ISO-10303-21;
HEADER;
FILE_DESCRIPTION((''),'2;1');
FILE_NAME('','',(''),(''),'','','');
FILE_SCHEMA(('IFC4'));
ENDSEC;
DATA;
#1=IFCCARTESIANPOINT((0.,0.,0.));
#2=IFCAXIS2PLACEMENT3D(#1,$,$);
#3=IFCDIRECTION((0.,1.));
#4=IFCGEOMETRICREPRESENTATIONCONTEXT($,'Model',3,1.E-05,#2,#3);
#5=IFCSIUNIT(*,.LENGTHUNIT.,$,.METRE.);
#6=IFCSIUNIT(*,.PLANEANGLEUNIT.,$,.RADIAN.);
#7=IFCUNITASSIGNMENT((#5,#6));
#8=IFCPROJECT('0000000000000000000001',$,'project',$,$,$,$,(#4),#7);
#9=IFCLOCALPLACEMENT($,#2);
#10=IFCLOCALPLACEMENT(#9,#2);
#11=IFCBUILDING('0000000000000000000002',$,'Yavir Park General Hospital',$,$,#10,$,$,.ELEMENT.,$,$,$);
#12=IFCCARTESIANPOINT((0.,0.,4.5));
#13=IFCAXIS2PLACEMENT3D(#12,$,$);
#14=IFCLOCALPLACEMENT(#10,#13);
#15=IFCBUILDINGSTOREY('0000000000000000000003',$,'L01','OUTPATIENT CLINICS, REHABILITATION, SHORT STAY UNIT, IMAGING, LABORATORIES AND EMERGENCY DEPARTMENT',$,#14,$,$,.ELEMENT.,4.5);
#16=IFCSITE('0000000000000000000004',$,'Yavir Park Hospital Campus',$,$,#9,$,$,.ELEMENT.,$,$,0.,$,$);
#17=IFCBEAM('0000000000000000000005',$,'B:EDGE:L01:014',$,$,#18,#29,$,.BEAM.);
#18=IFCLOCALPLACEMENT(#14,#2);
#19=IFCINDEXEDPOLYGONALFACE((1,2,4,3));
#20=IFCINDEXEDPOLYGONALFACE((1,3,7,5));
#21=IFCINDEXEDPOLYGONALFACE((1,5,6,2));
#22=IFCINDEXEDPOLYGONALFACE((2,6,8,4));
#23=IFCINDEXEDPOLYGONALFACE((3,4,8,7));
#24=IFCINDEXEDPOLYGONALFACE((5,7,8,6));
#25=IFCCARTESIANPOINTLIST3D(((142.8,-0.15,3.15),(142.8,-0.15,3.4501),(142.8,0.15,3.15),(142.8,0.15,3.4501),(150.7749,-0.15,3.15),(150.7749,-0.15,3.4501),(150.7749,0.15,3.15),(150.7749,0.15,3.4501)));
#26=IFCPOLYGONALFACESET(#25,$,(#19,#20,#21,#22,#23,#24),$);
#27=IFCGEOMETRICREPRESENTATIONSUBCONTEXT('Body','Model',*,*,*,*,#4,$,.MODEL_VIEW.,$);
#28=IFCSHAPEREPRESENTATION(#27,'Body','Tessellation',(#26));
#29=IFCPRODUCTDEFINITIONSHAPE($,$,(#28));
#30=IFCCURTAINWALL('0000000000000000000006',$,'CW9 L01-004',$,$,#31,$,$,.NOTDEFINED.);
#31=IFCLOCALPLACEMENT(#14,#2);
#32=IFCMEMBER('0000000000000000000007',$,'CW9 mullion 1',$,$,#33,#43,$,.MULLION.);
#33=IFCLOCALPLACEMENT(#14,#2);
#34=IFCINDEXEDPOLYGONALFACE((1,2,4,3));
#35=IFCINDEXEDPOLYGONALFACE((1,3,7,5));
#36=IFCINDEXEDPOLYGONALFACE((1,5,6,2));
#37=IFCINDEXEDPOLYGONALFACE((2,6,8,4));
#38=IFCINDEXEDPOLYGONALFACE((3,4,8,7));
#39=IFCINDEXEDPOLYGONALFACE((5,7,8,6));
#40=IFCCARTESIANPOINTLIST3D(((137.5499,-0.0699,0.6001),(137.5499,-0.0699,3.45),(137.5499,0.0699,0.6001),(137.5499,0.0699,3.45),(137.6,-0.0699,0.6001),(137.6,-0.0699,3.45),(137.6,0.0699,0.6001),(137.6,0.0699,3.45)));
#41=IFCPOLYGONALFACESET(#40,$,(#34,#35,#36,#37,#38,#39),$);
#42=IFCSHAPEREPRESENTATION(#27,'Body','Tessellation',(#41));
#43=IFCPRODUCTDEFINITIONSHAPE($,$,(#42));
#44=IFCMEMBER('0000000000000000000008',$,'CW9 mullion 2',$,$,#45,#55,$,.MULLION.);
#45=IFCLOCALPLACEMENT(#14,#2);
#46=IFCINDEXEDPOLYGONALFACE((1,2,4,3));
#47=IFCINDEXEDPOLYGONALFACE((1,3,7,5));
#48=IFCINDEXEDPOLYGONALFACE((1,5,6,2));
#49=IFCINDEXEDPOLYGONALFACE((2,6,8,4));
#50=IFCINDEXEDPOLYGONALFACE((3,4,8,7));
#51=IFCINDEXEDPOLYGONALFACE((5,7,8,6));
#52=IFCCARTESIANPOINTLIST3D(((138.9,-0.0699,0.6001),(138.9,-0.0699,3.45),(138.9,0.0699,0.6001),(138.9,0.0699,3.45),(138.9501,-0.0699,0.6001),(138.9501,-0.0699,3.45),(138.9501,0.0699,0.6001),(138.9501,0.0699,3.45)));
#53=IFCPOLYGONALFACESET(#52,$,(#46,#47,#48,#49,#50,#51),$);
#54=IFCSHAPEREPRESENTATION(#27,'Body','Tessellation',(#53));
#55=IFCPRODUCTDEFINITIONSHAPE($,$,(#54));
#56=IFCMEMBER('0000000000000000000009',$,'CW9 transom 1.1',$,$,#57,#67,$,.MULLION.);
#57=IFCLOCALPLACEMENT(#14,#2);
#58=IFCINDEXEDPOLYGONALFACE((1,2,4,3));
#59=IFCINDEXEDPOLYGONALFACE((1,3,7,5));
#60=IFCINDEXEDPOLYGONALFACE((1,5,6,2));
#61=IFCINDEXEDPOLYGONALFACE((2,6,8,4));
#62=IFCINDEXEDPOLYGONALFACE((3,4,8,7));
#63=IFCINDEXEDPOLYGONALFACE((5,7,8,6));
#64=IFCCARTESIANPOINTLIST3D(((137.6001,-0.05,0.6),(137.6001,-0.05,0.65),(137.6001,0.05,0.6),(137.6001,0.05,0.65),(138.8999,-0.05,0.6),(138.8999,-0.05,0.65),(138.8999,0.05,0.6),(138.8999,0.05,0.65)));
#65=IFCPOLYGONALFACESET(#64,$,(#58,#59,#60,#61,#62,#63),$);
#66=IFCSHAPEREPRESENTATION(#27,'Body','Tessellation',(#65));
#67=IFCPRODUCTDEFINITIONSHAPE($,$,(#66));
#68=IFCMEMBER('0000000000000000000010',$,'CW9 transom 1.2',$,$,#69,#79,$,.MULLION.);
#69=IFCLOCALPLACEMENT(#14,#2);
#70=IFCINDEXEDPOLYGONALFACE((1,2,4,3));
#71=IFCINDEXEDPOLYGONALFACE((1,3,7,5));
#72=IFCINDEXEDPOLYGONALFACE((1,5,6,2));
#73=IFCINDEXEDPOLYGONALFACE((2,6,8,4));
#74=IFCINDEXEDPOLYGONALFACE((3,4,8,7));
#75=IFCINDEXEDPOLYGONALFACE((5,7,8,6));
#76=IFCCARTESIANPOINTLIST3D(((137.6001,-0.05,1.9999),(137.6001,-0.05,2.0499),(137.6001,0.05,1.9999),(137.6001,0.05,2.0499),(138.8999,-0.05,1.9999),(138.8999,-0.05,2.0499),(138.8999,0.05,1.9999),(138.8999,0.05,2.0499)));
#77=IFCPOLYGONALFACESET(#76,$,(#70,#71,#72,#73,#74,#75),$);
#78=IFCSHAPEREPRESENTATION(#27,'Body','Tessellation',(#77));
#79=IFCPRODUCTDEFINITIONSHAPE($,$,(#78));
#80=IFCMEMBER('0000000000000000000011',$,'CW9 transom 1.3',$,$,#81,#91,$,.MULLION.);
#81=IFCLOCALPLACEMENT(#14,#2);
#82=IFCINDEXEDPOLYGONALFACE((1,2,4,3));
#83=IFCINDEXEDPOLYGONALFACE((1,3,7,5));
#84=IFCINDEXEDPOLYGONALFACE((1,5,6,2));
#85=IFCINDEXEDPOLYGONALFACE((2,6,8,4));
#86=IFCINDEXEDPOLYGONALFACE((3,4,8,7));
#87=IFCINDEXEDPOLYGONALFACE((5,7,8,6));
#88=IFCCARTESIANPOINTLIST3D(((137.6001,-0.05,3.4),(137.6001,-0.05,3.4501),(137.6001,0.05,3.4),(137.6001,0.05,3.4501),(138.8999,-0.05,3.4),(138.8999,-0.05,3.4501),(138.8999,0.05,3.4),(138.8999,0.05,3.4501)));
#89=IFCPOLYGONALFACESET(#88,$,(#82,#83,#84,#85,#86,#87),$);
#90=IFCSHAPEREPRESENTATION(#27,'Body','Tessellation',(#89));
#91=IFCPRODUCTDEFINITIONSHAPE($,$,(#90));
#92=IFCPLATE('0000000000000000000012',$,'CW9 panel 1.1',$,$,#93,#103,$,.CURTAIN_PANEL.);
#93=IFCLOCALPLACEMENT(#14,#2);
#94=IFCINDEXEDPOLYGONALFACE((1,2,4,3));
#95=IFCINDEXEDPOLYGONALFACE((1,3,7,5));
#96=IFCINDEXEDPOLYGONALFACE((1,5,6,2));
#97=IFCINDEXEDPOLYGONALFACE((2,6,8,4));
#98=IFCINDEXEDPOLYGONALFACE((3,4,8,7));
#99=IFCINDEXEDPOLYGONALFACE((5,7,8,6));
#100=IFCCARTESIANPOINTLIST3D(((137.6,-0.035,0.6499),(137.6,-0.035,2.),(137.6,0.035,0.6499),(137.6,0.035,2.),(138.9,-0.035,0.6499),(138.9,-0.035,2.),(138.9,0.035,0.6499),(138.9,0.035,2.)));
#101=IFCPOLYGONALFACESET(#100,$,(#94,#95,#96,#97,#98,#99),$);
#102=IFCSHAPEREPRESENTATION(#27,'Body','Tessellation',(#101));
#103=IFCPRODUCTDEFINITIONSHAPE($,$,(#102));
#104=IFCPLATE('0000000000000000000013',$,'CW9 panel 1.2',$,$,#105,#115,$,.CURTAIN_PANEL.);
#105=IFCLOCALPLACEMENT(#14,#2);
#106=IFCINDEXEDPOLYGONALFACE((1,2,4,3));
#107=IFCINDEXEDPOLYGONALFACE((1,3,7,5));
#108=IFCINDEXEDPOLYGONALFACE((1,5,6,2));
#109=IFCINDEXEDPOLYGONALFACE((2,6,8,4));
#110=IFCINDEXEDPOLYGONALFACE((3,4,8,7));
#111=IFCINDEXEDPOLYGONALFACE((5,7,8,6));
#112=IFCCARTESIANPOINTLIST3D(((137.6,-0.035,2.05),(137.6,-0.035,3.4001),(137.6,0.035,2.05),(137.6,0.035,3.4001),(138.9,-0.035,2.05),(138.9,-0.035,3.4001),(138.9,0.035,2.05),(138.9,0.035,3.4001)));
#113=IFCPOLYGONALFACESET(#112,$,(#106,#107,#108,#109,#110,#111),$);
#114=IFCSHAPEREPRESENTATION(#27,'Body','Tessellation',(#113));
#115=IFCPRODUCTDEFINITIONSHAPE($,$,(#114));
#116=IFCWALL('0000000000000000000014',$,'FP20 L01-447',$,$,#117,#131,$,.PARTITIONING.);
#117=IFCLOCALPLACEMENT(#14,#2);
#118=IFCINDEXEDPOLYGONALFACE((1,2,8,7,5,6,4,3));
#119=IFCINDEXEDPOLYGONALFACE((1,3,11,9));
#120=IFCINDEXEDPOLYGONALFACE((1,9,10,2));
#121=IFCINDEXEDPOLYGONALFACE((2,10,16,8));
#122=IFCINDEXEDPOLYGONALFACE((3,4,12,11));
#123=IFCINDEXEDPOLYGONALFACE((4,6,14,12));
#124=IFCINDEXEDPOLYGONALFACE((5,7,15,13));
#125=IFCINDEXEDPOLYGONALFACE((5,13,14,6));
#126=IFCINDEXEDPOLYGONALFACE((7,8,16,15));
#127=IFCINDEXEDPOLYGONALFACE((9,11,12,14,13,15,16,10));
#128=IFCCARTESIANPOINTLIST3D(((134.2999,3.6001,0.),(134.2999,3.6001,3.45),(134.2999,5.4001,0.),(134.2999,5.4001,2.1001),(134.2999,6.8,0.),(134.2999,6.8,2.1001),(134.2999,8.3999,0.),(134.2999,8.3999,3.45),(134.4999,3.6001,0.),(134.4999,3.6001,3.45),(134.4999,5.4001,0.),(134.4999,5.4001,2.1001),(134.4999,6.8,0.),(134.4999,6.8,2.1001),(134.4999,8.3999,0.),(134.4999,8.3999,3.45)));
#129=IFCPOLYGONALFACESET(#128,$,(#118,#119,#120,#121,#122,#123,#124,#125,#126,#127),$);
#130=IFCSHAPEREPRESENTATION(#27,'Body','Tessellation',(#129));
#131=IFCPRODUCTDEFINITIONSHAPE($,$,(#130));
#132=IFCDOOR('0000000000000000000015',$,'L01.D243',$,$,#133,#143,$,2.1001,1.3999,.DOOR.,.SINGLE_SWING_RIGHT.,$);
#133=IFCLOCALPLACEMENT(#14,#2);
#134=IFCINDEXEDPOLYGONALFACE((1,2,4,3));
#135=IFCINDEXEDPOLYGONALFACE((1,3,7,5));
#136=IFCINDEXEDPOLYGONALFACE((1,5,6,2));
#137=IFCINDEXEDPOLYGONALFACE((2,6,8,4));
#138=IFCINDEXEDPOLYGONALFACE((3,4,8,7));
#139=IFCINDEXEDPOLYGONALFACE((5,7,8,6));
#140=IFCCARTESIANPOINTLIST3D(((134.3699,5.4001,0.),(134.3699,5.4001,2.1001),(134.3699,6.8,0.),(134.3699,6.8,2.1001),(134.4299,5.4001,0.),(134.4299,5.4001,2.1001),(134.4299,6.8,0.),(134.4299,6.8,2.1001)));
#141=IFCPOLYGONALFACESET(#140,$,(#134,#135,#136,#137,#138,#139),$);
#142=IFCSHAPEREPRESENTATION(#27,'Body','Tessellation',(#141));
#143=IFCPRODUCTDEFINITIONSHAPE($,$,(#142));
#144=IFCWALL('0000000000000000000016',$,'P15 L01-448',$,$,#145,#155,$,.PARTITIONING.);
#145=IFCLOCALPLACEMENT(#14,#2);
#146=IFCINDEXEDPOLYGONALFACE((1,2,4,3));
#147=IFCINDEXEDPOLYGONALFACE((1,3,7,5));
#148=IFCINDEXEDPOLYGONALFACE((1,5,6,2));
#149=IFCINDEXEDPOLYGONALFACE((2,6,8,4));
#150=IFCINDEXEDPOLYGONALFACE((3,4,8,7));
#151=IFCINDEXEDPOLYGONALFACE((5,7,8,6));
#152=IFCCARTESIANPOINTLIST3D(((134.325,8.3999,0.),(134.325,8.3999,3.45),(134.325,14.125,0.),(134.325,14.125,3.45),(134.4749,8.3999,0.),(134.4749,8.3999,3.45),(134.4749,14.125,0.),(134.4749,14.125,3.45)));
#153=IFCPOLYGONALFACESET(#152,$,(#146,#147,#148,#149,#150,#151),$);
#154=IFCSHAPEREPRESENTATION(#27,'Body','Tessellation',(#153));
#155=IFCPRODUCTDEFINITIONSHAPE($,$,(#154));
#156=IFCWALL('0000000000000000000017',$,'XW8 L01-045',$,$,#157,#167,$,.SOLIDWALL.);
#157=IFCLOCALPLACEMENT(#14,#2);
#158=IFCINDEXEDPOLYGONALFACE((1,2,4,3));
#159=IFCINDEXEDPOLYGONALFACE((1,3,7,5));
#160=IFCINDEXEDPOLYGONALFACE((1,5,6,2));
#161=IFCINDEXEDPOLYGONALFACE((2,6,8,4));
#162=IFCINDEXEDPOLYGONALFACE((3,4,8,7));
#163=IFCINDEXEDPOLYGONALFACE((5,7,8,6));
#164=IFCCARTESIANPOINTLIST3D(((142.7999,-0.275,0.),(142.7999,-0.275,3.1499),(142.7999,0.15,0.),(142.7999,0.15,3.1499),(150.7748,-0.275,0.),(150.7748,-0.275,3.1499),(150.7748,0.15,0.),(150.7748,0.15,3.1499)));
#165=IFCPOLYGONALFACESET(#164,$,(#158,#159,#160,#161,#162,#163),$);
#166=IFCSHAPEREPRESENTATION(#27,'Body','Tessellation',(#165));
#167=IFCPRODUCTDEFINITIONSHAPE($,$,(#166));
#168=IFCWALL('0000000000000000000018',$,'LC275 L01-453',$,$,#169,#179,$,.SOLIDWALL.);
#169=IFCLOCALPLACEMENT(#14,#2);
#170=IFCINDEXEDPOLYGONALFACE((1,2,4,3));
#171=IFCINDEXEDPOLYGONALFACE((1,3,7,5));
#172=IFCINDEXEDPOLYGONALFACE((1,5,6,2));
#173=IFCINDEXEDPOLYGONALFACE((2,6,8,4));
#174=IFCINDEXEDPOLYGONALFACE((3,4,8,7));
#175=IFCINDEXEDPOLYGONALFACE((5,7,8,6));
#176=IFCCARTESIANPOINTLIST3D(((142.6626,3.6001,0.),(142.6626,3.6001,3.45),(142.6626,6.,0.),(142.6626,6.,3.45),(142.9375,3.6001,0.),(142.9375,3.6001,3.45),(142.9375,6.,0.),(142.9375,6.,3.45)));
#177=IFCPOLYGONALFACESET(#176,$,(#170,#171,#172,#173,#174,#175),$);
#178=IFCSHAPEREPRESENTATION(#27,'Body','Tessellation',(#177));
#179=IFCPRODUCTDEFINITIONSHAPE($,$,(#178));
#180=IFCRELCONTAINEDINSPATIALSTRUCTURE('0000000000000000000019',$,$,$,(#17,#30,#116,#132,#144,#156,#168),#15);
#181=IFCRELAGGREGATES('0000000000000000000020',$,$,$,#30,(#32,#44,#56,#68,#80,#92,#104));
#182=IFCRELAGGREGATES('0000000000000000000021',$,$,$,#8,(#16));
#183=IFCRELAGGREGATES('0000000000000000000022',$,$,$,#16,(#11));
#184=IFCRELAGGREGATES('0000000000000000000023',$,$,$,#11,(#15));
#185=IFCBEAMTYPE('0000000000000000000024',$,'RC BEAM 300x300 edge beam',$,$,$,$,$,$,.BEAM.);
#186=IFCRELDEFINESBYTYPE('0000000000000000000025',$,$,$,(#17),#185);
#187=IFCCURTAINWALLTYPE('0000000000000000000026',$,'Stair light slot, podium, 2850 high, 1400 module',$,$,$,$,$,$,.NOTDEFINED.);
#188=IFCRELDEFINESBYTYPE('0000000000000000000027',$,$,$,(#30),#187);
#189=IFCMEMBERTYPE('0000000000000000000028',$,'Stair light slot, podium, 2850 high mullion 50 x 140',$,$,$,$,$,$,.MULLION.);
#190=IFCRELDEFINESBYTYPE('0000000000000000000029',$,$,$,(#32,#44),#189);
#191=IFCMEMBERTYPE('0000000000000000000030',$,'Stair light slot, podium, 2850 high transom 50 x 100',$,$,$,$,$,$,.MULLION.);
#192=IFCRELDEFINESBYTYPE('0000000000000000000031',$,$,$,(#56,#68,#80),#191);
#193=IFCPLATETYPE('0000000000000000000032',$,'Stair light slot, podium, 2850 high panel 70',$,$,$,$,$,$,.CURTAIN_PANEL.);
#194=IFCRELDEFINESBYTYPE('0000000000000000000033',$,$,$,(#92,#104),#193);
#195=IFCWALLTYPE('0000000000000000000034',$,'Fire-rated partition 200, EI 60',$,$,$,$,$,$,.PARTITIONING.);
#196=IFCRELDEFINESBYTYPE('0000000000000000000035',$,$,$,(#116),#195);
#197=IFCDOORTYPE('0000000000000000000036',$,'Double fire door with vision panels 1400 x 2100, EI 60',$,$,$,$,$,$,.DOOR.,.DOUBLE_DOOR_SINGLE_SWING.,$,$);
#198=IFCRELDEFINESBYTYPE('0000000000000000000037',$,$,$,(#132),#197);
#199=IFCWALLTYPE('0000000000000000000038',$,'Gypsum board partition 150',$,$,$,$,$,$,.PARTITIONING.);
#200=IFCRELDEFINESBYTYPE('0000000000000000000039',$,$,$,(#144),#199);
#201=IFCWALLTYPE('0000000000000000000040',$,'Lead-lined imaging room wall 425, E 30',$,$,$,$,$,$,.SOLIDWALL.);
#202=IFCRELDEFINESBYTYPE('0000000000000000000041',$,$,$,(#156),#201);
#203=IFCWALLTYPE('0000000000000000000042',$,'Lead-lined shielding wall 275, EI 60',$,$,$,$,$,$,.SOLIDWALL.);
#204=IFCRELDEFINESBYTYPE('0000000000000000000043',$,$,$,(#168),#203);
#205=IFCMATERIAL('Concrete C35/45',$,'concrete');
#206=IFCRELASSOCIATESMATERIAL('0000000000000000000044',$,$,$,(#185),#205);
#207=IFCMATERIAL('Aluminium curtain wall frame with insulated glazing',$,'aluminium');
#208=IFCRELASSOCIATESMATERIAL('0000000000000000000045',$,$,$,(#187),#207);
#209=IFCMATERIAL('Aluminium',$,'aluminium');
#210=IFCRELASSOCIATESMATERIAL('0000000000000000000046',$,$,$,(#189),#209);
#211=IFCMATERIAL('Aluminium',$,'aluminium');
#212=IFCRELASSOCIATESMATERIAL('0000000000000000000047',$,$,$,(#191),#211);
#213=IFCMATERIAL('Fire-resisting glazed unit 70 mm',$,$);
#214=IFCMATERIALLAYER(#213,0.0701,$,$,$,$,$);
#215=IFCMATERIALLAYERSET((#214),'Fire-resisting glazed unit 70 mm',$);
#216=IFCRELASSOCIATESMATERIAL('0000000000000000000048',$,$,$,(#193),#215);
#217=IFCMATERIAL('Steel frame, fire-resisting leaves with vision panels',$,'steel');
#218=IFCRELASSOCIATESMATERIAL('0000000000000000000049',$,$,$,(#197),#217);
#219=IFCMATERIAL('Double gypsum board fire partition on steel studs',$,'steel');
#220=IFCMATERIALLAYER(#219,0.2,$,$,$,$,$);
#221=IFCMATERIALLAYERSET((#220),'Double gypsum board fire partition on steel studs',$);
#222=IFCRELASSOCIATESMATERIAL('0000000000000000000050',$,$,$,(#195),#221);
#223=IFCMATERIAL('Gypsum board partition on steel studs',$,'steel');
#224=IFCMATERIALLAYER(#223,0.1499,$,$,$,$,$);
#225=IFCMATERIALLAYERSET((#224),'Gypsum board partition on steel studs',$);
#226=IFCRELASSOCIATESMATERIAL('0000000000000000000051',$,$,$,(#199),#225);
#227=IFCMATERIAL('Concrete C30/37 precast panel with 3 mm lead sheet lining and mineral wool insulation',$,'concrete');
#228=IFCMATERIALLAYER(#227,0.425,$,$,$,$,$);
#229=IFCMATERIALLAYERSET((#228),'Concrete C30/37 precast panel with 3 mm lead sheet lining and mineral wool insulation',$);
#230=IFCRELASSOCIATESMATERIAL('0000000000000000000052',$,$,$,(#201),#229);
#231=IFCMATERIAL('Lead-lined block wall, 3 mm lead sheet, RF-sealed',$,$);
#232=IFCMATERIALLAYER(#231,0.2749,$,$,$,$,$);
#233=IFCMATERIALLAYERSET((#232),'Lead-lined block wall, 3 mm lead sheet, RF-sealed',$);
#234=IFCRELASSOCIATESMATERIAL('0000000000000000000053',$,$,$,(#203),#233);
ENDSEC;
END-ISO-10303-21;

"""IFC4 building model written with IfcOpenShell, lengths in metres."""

from ifc_helpers import new_model, si_unit, direction, frame, frame_2d, origin, origin_2d, place, context, subcontext, project, spatial, rectangle, extrude, material, layer, layer_set, material_profile, profile_set, type_object, element, fill, aggregate, save


model = new_model("IFC4")

# Units and contexts
model_context = context("Model", 3, precision=1e-05, world=origin(), true_north=direction((0.0, 1.0)))
body_context = subcontext(model_context, "Body", "Model", "MODEL_VIEW")
ifc_project = project(units=[si_unit("LENGTHUNIT", "METRE"), si_unit("PLANEANGLEUNIT", "RADIAN")], contexts=[model_context])

# Site, building, storey
site_placement = place(None, origin())
site = spatial("IfcSite", under=ifc_project, at=site_placement, Name="Yavir Park Hospital Campus", CompositionType="ELEMENT", RefElevation=0.0)
building_placement = place(site_placement, origin())
building = spatial("IfcBuilding", under=site, at=building_placement, Name="Yavir Park General Hospital", CompositionType="ELEMENT")
storey_placement = place(building_placement, frame((0.0, 0.0, 4.5)))
storey = spatial("IfcBuildingStorey", under=building, at=storey_placement, Name="L01", Description="OUTPATIENT CLINICS, REHABILITATION, SHORT STAY UNIT, IMAGING, LABORATORIES AND EMERGENCY DEPARTMENT", CompositionType="ELEMENT", Elevation=4.5)

# Beam
ifc_material_1 = material(Name="Concrete C35/45", Category="concrete")
ifc_material_profile_1 = material_profile(ifc_material_1, rectangle(XDim=0.3, YDim=0.3, at=origin_2d()), Name="RC300x300")
ifc_profile_set_1 = profile_set([ifc_material_profile_1], Name="Concrete C35/45")
beam_type = type_object("IfcBeamType", Name="RC BEAM 300x300 edge beam", PredefinedType="BEAM", material=ifc_profile_set_1)
beam_placement = place(storey_placement, frame((142.8, 0.0, 3.3), z_axis=(1.0, 0.0, 0.0), x_axis=(0.0, 1.0, 0.0)))
element("IfcBeam", 1, at=beam_placement, inside=storey, type_object=beam_type, Name="B:EDGE:L01:014", PredefinedType="BEAM", context=body_context, shape_type="SweptSolid", body=[
    extrude(rectangle(XDim=0.3, YDim=0.3, at=origin_2d()), origin(), (0.0, 0.0, 1.0), 7.9749),
])

# Curtain wall, members, plates
ifc_material_2 = material(Name="Aluminium curtain wall frame with insulated glazing", Category="aluminium")
curtain_wall_type = type_object("IfcCurtainWallType", Name="Stair light slot, podium, 2850 high, 1400 module", PredefinedType="NOTDEFINED", material=ifc_material_2)
curtain_wall_placement = place(storey_placement, origin())
curtain_wall = element("IfcCurtainWall", 2, at=curtain_wall_placement, inside=storey, type_object=curtain_wall_type, Name="CW9 L01-004", PredefinedType="NOTDEFINED")
ifc_material_3 = material(Name="Aluminium", Category="aluminium")
ifc_material_profile_2 = material_profile(ifc_material_3, rectangle(XDim=0.1399, YDim=0.05, at=origin_2d()), Name="AL 50x140")
ifc_profile_set_2 = profile_set([ifc_material_profile_2], Name="Aluminium")
member_type_1 = type_object("IfcMemberType", Name="Stair light slot, podium, 2850 high mullion 50 x 140", PredefinedType="MULLION", material=ifc_profile_set_2)
member_1_placement = place(storey_placement, frame((137.575, 0.0, 0.6001), z_axis=(0.0, 0.0, 1.0), x_axis=(0.0, 1.0, 0.0)))
member_1 = element("IfcMember", 3, at=member_1_placement, type_object=member_type_1, Name="CW9 mullion 1", PredefinedType="MULLION", context=body_context, shape_type="SweptSolid", body=[
    extrude(rectangle(XDim=0.1399, YDim=0.05, at=origin_2d()), origin(), (0.0, 0.0, 1.0), 2.8499),
])
member_2_placement = place(storey_placement, frame((138.925, 0.0, 0.6001), z_axis=(0.0, 0.0, 1.0), x_axis=(0.0, 1.0, 0.0)))
member_2 = element("IfcMember", 4, at=member_2_placement, type_object=member_type_1, Name="CW9 mullion 2", PredefinedType="MULLION", context=body_context, shape_type="SweptSolid", body=[
    extrude(rectangle(XDim=0.1399, YDim=0.05, at=origin_2d()), origin(), (0.0, 0.0, 1.0), 2.8499),
])
ifc_material_4 = material(Name="Aluminium", Category="aluminium")
ifc_material_profile_3 = material_profile(ifc_material_4, rectangle(XDim=0.1001, YDim=0.05, at=origin_2d()), Name="AL 100x50")
ifc_profile_set_3 = profile_set([ifc_material_profile_3], Name="Aluminium")
member_type_2 = type_object("IfcMemberType", Name="Stair light slot, podium, 2850 high transom 50 x 100", PredefinedType="MULLION", material=ifc_profile_set_3)
member_3_placement = place(storey_placement, frame((137.6001, 0.0, 0.625), z_axis=(1.0, 0.0, 0.0), x_axis=(0.0, 1.0, 0.0)))
member_3 = element("IfcMember", 5, at=member_3_placement, type_object=member_type_2, Name="CW9 transom 1.1", PredefinedType="MULLION", context=body_context, shape_type="SweptSolid", body=[
    extrude(rectangle(XDim=0.1001, YDim=0.05, at=origin_2d()), origin(), (0.0, 0.0, 1.0), 1.2998),
])
member_4_placement = place(storey_placement, frame((137.6001, 0.0, 2.0249), z_axis=(1.0, 0.0, 0.0), x_axis=(0.0, 1.0, 0.0)))
member_4 = element("IfcMember", 6, at=member_4_placement, type_object=member_type_2, Name="CW9 transom 1.2", PredefinedType="MULLION", context=body_context, shape_type="SweptSolid", body=[
    extrude(rectangle(XDim=0.1001, YDim=0.05, at=origin_2d()), origin(), (0.0, 0.0, 1.0), 1.2998),
])
member_5_placement = place(storey_placement, frame((137.6001, 0.0, 3.425), z_axis=(1.0, 0.0, 0.0), x_axis=(0.0, 1.0, 0.0)))
member_5 = element("IfcMember", 7, at=member_5_placement, type_object=member_type_2, Name="CW9 transom 1.3", PredefinedType="MULLION", context=body_context, shape_type="SweptSolid", body=[
    extrude(rectangle(XDim=0.1001, YDim=0.05, at=origin_2d()), origin(), (0.0, 0.0, 1.0), 1.2998),
])
ifc_material_5 = material(Name="Fire-resisting glazed unit 70 mm")
ifc_layer_1 = layer(ifc_material_5, 0.0701)
ifc_layer_set_1 = layer_set([ifc_layer_1], Name="Fire-resisting glazed unit 70 mm")
plate_type = type_object("IfcPlateType", Name="Stair light slot, podium, 2850 high panel 70", PredefinedType="CURTAIN_PANEL", material=ifc_layer_set_1)
plate_1_placement = place(storey_placement, frame((138.25, 0.0, 0.6499), z_axis=(0.0, 0.0, 1.0), x_axis=(1.0, 0.0, 0.0)))
plate_1 = element("IfcPlate", 8, at=plate_1_placement, type_object=plate_type, Name="CW9 panel 1.1", PredefinedType="CURTAIN_PANEL", context=body_context, shape_type="SweptSolid", body=[
    extrude(rectangle(XDim=1.3, YDim=0.0701, at=origin_2d()), origin(), (0.0, 0.0, 1.0), 1.3501),
])
plate_2_placement = place(storey_placement, frame((138.25, 0.0, 2.05), z_axis=(0.0, 0.0, 1.0), x_axis=(1.0, 0.0, 0.0)))
plate_2 = element("IfcPlate", 9, at=plate_2_placement, type_object=plate_type, Name="CW9 panel 1.2", PredefinedType="CURTAIN_PANEL", context=body_context, shape_type="SweptSolid", body=[
    extrude(rectangle(XDim=1.3, YDim=0.0701, at=origin_2d()), origin(), (0.0, 0.0, 1.0), 1.3501),
])
aggregate(curtain_wall, [member_1, member_2, member_3, member_4, member_5, plate_1, plate_2])

# Shared definitions
ifc_material_6 = material(Name="Steel frame, fire-resisting leaves with vision panels", Category="steel")
door_type_1 = type_object("IfcDoorType", Name="Double fire door with vision panels 1400 x 2100, EI 60", OperationType="DOUBLE_DOOR_SINGLE_SWING", PredefinedType="DOOR", material=ifc_material_6)

# Wall, opening, door
ifc_material_7 = material(Name="Double gypsum board fire partition on steel studs", Category="steel")
ifc_layer_2 = layer(ifc_material_7, 0.2)
ifc_layer_set_2 = layer_set([ifc_layer_2], Name="Double gypsum board fire partition on steel studs")
wall_type_1 = type_object("IfcWallType", Name="Fire-rated partition 200, EI 60", PredefinedType="PARTITIONING", material=ifc_layer_set_2)
wall_1_placement = place(storey_placement, frame((134.3999, 3.6001, 0.0), z_axis=(0.0, 0.0, 1.0), x_axis=(0.0, 1.0, 0.0)))
wall_1 = element("IfcWall", 10, at=wall_1_placement, inside=storey, type_object=wall_type_1, Name="FP20 L01-447", PredefinedType="PARTITIONING", context=body_context, shape_type="SweptSolid", body=[
    extrude(rectangle(XDim=4.7998, YDim=0.2, at=frame_2d((2.3999, 0.0))), origin(), (0.0, 0.0, 1.0), 3.45),
])
opening_1_placement = place(wall_1_placement, frame((1.8, 0.0, 0.0)))
opening_1 = element("IfcOpeningElement", 11, at=opening_1_placement, cuts=wall_1, PredefinedType="OPENING", context=body_context, shape_type="SweptSolid", body=[
    extrude(rectangle(XDim=1.3999, YDim=2.1001, at=frame_2d((0.7, 1.05))), frame((0.0, 0.1099, 0.0), z_axis=(0.0, -1.0, 0.0), x_axis=(1.0, 0.0, 0.0)), (0.0, 0.0, 1.0), 0.22),
])
door_1_placement = place(opening_1_placement, origin())
door_1 = element("IfcDoor", 12, at=door_1_placement, inside=storey, type_object=door_type_1, Name="L01.D243", OperationType="SINGLE_SWING_RIGHT", OverallHeight=2.1001, OverallWidth=1.3999, PredefinedType="DOOR", context=body_context, shape_type="SweptSolid", body=[
    extrude(rectangle(XDim=1.3999, YDim=2.1001, at=frame_2d((0.7, 1.05))), frame((0.0, 0.03, 0.0), z_axis=(0.0, -1.0, 0.0), x_axis=(1.0, 0.0, 0.0)), (0.0, 0.0, 1.0), 0.0601),
])
fill(opening_1, door_1)

# Walls
ifc_material_8 = material(Name="Gypsum board partition on steel studs", Category="steel")
ifc_layer_3 = layer(ifc_material_8, 0.1499)
ifc_layer_set_3 = layer_set([ifc_layer_3], Name="Gypsum board partition on steel studs")
wall_type_2 = type_object("IfcWallType", Name="Gypsum board partition 150", PredefinedType="PARTITIONING", material=ifc_layer_set_3)
wall_2_placement = place(storey_placement, frame((134.3999, 8.3999, 0.0), z_axis=(0.0, 0.0, 1.0), x_axis=(0.0, 1.0, 0.0)))
element("IfcWall", 13, at=wall_2_placement, inside=storey, type_object=wall_type_2, Name="P15 L01-448", PredefinedType="PARTITIONING", context=body_context, shape_type="SweptSolid", body=[
    extrude(rectangle(XDim=5.7251, YDim=0.1499, at=frame_2d((2.8625, 0.0))), origin(), (0.0, 0.0, 1.0), 3.45),
])
ifc_material_9 = material(Name="Concrete C30/37 precast panel with 3 mm lead sheet lining and mineral wool insulation", Category="concrete")
ifc_layer_4 = layer(ifc_material_9, 0.425)
ifc_layer_set_4 = layer_set([ifc_layer_4], Name="Concrete C30/37 precast panel with 3 mm lead sheet lining and mineral wool insulation")
wall_type_3 = type_object("IfcWallType", Name="Lead-lined imaging room wall 425, E 30", PredefinedType="SOLIDWALL", material=ifc_layer_set_4)
wall_3_placement = place(storey_placement, frame((142.8, -0.0625, 0.0), z_axis=(0.0, 0.0, 1.0), x_axis=(1.0, 0.0, 0.0)))
element("IfcWall", 14, at=wall_3_placement, inside=storey, type_object=wall_type_3, Name="XW8 L01-045", PredefinedType="SOLIDWALL", context=body_context, shape_type="SweptSolid", body=[
    extrude(rectangle(XDim=7.9749, YDim=0.425, at=frame_2d((3.9873, 0.0))), origin(), (0.0, 0.0, 1.0), 3.1499),
])
ifc_material_10 = material(Name="Lead-lined block wall, 3 mm lead sheet, RF-sealed")
ifc_layer_5 = layer(ifc_material_10, 0.2749)
ifc_layer_set_5 = layer_set([ifc_layer_5], Name="Lead-lined block wall, 3 mm lead sheet, RF-sealed")
wall_type_4 = type_object("IfcWallType", Name="Lead-lined shielding wall 275, EI 60", PredefinedType="SOLIDWALL", material=ifc_layer_set_5)
wall_4_placement = place(storey_placement, frame((142.8, 3.6001, 0.0), z_axis=(0.0, 0.0, 1.0), x_axis=(0.0, 1.0, 0.0)))
element("IfcWall", 15, at=wall_4_placement, inside=storey, type_object=wall_type_4, Name="LC275 L01-453", PredefinedType="SOLIDWALL", context=body_context, shape_type="SweptSolid", body=[
    extrude(rectangle(XDim=2.3999, YDim=0.2749, at=frame_2d((1.2, 0.0))), origin(), (0.0, 0.0, 1.0), 3.45),
])

save(model, "model.ifc")
